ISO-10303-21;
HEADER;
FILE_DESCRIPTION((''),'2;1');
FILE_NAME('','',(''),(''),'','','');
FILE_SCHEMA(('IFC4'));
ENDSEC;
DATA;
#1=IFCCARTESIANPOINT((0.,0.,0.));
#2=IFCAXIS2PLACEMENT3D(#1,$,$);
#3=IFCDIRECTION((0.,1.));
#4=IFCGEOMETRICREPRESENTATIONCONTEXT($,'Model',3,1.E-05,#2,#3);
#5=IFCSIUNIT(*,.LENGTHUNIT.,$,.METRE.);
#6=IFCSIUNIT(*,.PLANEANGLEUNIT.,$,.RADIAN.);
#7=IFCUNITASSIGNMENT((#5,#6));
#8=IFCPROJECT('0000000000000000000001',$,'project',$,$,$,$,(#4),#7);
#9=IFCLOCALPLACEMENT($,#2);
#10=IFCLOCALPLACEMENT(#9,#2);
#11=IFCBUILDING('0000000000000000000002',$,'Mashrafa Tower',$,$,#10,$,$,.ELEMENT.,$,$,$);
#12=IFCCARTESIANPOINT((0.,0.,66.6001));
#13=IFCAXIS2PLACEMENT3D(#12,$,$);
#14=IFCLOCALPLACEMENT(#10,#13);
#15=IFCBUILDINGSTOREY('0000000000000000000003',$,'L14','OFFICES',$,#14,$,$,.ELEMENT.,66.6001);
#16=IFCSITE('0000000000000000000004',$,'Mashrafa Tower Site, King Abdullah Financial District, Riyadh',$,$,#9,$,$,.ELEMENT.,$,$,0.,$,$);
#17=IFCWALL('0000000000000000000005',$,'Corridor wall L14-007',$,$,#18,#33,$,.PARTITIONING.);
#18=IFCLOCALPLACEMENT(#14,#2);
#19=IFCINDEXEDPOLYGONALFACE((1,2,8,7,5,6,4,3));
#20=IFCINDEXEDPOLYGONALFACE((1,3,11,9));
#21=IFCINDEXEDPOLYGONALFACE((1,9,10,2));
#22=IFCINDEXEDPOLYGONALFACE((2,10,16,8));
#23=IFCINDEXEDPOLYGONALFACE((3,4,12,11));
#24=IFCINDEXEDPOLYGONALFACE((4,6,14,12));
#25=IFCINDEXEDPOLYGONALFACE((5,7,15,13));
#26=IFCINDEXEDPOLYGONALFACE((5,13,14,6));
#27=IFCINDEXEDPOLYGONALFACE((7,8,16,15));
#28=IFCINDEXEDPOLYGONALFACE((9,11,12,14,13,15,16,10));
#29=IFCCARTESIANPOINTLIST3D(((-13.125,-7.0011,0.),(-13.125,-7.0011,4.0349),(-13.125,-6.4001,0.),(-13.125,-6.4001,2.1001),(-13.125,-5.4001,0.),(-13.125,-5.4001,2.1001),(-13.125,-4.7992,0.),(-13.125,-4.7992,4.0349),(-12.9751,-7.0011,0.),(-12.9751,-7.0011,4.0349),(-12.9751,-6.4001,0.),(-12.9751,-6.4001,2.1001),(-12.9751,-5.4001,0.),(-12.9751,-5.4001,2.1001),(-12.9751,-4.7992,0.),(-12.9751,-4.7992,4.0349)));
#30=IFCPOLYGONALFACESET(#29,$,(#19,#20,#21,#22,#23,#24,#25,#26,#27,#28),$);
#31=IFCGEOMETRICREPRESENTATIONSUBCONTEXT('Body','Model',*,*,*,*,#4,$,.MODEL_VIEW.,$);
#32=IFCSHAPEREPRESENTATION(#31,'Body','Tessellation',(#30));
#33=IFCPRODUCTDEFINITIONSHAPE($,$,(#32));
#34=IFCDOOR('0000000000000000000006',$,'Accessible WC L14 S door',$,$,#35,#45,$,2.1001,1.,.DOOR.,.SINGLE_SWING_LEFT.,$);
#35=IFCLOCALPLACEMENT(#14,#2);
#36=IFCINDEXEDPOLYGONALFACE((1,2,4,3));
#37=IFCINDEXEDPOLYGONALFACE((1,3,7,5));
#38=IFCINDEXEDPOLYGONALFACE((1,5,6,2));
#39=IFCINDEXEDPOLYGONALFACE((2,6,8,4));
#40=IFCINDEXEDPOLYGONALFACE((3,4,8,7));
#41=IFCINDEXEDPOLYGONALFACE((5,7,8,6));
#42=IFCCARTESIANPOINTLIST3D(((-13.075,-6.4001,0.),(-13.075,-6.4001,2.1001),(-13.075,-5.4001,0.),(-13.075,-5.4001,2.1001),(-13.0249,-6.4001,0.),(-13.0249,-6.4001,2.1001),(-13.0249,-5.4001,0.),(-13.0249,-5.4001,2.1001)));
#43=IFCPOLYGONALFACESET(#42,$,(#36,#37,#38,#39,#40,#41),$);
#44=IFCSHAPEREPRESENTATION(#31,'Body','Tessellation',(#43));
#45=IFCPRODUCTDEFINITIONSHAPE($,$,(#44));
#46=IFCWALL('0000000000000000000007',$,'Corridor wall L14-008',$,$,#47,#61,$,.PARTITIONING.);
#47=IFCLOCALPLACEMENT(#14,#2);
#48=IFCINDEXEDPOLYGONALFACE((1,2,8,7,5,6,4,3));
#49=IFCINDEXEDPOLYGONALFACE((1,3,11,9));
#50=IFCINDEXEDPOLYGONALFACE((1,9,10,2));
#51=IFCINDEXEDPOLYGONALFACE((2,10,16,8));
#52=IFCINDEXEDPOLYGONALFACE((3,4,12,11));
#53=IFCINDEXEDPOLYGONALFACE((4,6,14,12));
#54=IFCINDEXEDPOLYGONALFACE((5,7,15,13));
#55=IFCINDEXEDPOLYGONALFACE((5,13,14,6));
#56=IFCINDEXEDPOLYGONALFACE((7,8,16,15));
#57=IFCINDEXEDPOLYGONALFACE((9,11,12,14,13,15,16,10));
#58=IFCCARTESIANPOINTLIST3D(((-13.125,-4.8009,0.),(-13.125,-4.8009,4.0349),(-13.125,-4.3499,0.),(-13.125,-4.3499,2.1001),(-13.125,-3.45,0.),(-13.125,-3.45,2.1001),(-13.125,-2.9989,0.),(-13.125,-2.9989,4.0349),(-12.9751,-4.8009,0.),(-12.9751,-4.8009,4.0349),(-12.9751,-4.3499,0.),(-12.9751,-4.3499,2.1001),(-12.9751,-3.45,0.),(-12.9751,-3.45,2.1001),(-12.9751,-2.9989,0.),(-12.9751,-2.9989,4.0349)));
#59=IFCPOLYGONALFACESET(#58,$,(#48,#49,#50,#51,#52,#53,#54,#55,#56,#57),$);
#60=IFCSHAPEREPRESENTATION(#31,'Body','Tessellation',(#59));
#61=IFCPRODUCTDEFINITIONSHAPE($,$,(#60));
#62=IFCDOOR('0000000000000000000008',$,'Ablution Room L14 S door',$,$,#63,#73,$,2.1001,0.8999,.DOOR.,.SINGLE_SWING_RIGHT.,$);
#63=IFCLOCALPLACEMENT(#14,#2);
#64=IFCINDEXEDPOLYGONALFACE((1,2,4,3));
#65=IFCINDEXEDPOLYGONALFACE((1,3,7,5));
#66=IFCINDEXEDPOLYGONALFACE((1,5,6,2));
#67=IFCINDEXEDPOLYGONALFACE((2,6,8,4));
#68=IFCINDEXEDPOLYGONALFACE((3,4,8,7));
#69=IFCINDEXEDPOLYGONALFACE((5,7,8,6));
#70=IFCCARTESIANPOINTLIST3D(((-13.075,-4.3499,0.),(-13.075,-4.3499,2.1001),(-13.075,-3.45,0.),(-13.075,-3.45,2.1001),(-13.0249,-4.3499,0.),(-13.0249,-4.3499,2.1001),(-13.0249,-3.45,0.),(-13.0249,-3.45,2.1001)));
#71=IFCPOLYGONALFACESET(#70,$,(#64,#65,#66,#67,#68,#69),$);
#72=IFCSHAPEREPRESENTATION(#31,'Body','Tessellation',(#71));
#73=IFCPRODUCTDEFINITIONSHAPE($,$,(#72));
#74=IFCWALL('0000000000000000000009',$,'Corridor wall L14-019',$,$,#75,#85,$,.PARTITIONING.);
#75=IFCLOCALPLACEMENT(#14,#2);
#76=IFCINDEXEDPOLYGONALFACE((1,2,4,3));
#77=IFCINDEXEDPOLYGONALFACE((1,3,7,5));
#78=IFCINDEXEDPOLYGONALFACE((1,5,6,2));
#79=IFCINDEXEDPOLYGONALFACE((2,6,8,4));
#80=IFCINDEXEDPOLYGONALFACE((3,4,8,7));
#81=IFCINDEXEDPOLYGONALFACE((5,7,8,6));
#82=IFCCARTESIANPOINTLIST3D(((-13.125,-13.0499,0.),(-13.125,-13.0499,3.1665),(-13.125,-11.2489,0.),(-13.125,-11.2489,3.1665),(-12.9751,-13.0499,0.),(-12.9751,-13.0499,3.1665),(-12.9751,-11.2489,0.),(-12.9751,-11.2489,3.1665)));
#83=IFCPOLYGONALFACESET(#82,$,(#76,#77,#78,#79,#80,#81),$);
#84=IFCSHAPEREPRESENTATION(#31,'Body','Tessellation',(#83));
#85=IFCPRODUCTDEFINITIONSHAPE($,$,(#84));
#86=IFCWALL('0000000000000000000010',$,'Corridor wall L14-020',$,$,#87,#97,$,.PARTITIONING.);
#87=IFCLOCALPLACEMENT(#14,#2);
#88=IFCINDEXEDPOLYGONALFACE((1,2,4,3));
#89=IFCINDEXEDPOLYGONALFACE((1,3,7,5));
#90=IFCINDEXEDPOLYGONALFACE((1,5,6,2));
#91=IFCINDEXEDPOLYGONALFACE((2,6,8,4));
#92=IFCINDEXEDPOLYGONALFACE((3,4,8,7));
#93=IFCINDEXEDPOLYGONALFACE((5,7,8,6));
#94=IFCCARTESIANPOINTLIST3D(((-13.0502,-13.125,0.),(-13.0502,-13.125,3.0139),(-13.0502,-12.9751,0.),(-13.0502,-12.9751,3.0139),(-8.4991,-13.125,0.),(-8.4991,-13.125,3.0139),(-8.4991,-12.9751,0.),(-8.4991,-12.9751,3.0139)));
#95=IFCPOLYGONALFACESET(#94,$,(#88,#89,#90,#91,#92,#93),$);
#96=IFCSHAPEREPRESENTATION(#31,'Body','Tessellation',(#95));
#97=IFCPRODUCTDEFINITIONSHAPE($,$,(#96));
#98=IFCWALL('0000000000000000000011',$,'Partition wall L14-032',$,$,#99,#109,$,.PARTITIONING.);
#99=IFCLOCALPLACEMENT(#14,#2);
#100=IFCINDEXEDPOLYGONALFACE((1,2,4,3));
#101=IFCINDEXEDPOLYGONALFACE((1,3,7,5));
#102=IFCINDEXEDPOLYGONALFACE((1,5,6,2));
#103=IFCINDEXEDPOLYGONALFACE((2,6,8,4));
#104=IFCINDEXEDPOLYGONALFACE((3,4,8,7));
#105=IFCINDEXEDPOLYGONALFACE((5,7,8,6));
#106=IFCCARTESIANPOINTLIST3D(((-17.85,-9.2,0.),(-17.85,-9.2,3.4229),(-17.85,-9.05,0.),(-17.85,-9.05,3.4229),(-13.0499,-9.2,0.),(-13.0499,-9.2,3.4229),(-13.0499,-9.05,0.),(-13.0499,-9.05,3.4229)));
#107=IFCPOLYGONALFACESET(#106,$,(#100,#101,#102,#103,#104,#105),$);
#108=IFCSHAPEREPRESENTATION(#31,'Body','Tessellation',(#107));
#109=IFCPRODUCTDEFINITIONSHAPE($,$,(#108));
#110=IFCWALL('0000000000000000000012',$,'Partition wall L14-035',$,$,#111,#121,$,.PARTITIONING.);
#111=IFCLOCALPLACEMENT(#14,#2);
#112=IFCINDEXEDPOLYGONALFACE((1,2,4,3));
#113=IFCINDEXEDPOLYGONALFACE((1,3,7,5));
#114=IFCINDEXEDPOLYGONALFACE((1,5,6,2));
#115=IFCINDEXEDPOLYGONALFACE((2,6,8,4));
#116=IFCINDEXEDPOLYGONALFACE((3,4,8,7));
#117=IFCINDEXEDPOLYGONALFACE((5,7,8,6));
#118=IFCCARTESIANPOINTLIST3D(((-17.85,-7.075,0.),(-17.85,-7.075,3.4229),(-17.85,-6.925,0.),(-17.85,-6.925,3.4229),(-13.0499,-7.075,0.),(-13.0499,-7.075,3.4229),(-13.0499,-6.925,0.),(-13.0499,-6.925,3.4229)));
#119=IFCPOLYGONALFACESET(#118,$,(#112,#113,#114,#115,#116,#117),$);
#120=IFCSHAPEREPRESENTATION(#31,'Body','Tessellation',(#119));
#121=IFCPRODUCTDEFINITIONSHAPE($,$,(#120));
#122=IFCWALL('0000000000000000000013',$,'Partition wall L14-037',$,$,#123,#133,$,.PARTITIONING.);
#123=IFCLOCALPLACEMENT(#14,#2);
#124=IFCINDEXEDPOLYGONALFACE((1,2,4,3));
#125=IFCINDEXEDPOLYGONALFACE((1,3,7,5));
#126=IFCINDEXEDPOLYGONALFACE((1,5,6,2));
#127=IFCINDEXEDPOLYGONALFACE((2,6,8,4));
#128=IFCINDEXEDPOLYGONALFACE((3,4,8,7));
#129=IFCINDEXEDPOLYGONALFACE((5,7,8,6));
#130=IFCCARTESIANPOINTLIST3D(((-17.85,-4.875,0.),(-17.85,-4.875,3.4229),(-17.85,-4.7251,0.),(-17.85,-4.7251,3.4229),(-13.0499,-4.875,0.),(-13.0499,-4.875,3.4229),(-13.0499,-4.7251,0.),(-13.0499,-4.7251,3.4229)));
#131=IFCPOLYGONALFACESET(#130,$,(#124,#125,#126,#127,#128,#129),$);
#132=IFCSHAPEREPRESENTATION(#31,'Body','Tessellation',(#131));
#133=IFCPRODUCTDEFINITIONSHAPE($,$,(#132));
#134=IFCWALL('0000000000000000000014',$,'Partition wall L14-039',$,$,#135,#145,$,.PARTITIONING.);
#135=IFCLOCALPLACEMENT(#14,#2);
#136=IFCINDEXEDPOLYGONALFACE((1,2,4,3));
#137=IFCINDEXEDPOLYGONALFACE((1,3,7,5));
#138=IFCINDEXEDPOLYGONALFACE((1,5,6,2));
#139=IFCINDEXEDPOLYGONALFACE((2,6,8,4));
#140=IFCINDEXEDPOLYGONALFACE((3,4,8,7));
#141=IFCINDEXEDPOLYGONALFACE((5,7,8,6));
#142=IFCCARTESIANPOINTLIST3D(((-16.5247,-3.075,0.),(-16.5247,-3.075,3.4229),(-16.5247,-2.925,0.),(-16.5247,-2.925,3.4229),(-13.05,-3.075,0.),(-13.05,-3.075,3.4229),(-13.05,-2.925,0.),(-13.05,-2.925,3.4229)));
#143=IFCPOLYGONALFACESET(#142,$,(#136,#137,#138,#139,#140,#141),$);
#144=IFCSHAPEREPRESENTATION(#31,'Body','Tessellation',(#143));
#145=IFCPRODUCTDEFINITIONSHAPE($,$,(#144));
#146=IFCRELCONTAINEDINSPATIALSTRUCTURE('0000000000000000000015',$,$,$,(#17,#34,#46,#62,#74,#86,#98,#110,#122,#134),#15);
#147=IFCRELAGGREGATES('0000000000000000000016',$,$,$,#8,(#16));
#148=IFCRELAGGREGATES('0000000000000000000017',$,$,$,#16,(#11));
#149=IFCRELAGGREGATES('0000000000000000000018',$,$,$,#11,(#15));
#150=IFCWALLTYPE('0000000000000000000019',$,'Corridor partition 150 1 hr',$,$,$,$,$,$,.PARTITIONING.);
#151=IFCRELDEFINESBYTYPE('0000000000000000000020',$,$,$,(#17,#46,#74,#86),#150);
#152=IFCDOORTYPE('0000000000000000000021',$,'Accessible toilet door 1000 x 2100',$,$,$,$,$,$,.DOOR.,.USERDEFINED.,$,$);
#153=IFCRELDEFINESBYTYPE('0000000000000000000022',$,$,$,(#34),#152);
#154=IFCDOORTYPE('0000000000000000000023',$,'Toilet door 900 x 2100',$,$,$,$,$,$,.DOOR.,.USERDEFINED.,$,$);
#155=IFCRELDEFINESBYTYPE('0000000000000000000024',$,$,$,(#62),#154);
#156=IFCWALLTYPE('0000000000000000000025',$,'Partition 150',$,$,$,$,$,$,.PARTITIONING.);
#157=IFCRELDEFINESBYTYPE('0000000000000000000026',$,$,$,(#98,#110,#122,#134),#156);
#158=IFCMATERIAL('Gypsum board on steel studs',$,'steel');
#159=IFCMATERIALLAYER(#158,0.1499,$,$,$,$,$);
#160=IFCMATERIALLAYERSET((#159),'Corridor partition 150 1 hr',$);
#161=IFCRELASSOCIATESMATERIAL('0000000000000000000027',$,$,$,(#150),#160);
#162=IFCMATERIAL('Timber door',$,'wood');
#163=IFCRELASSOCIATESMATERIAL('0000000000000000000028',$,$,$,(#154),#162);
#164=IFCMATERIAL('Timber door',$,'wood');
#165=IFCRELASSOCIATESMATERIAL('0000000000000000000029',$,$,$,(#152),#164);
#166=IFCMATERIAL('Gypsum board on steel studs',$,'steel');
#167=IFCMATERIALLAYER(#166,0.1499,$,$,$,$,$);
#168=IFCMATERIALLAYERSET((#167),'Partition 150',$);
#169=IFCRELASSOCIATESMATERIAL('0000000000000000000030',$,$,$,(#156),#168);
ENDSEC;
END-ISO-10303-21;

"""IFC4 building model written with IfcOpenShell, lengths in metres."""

from ifc_helpers import new_model, si_unit, direction, frame, frame_2d, origin, place, context, subcontext, project, spatial, rectangle, extrude, material, layer, layer_set, type_object, element, fill, save


model = new_model("IFC4")

# Units and contexts
model_context = context("Model", 3, precision=1e-05, world=origin(), true_north=direction((0.0, 1.0)))
body_context = subcontext(model_context, "Body", "Model", "MODEL_VIEW")
ifc_project = project(units=[si_unit("LENGTHUNIT", "METRE"), si_unit("PLANEANGLEUNIT", "RADIAN")], contexts=[model_context])

# Site, building, storey
site_placement = place(None, origin())
site = spatial("IfcSite", under=ifc_project, at=site_placement, Name="Mashrafa Tower Site, King Abdullah Financial District, Riyadh", CompositionType="ELEMENT", RefElevation=0.0)
building_placement = place(site_placement, origin())
building = spatial("IfcBuilding", under=site, at=building_placement, Name="Mashrafa Tower", CompositionType="ELEMENT")
storey_placement = place(building_placement, frame((0.0, 0.0, 66.6001)))
storey = spatial("IfcBuildingStorey", under=building, at=storey_placement, Name="L14", Description="OFFICES", CompositionType="ELEMENT", Elevation=66.6001)

# Walls, openings, doors
ifc_material_1 = material(Name="Gypsum board on steel studs", Category="steel")
ifc_layer_1 = layer(ifc_material_1, 0.1499)
ifc_layer_set_1 = layer_set([ifc_layer_1], Name="Corridor partition 150 1 hr")
wall_type_1 = type_object("IfcWallType", Name="Corridor partition 150 1 hr", PredefinedType="PARTITIONING", material=ifc_layer_set_1)
ifc_material_2 = material(Name="Timber door", Category="wood")
door_type_1 = type_object("IfcDoorType", Name="Toilet door 900 x 2100", OperationType="USERDEFINED", PredefinedType="DOOR", material=ifc_material_2)
wall_1_placement = place(storey_placement, frame((-13.05, -4.7991, 0.0), z_axis=(0.0, 0.0, 1.0), x_axis=(0.0, -1.0, 0.0)))
wall_1 = element("IfcWall", 1, at=wall_1_placement, inside=storey, type_object=wall_type_1, Name="Corridor wall L14-007", PredefinedType="PARTITIONING", context=body_context, shape_type="SweptSolid", body=[
    extrude(rectangle(XDim=2.2019, YDim=0.1499, at=frame_2d((1.1011, 0.0))), origin(), (0.0, 0.0, 1.0), 4.0349),
])
opening_1_placement = place(wall_1_placement, frame((0.6011, 0.0, 0.0)))
opening_1 = element("IfcOpeningElement", 2, at=opening_1_placement, cuts=wall_1, PredefinedType="OPENING", context=body_context, shape_type="SweptSolid", body=[
    extrude(rectangle(XDim=1.0, YDim=2.1001, at=frame_2d((0.5, 1.05))), frame((0.0, 0.085, 0.0), z_axis=(0.0, -1.0, 0.0), x_axis=(1.0, 0.0, 0.0)), (0.0, 0.0, 1.0), 0.1699),
])
ifc_material_3 = material(Name="Timber door", Category="wood")
door_type_2 = type_object("IfcDoorType", Name="Accessible toilet door 1000 x 2100", OperationType="USERDEFINED", PredefinedType="DOOR", material=ifc_material_3)
door_1_placement = place(opening_1_placement, frame((1.0, 0.0, 0.0), z_axis=(0.0, 0.0, 1.0), x_axis=(-1.0, 0.0, 0.0)))
door_1 = element("IfcDoor", 3, at=door_1_placement, inside=storey, type_object=door_type_2, Name="Accessible WC L14 S door", OperationType="SINGLE_SWING_LEFT", OverallHeight=2.1001, OverallWidth=1.0, PredefinedType="DOOR", context=body_context, shape_type="SweptSolid", body=[
    extrude(rectangle(XDim=1.0, YDim=2.1001, at=frame_2d((0.5, 1.05))), frame((0.0, 0.0249, 0.0), z_axis=(0.0, -1.0, 0.0), x_axis=(1.0, 0.0, 0.0)), (0.0, 0.0, 1.0), 0.05),
])
fill(opening_1, door_1)
wall_2_placement = place(storey_placement, frame((-13.05, -2.999, 0.0), z_axis=(0.0, 0.0, 1.0), x_axis=(0.0, -1.0, 0.0)))
wall_2 = element("IfcWall", 4, at=wall_2_placement, inside=storey, type_object=wall_type_1, Name="Corridor wall L14-008", PredefinedType="PARTITIONING", context=body_context, shape_type="SweptSolid", body=[
    extrude(rectangle(XDim=1.802, YDim=0.1499, at=frame_2d((0.9009, 0.0))), origin(), (0.0, 0.0, 1.0), 4.0349),
])
opening_2_placement = place(wall_2_placement, frame((0.4509, 0.0, 0.0)))
opening_2 = element("IfcOpeningElement", 5, at=opening_2_placement, cuts=wall_2, PredefinedType="OPENING", context=body_context, shape_type="SweptSolid", body=[
    extrude(rectangle(XDim=0.8999, YDim=2.1001, at=frame_2d((0.45, 1.05))), frame((0.0, 0.085, 0.0), z_axis=(0.0, -1.0, 0.0), x_axis=(1.0, 0.0, 0.0)), (0.0, 0.0, 1.0), 0.1699),
])
door_2_placement = place(opening_2_placement, frame((0.8999, 0.0, 0.0), z_axis=(0.0, 0.0, 1.0), x_axis=(-1.0, 0.0, 0.0)))
door_2 = element("IfcDoor", 6, at=door_2_placement, inside=storey, type_object=door_type_1, Name="Ablution Room L14 S door", OperationType="SINGLE_SWING_RIGHT", OverallHeight=2.1001, OverallWidth=0.8999, PredefinedType="DOOR", context=body_context, shape_type="SweptSolid", body=[
    extrude(rectangle(XDim=0.8999, YDim=2.1001, at=frame_2d((0.45, 1.05))), frame((0.0, 0.0249, 0.0), z_axis=(0.0, -1.0, 0.0), x_axis=(1.0, 0.0, 0.0)), (0.0, 0.0, 1.0), 0.05),
])
fill(opening_2, door_2)

# Walls
wall_3_placement = place(storey_placement, frame((-13.05, -11.249, 0.0), z_axis=(0.0, 0.0, 1.0), x_axis=(0.0, -1.0, 0.0)))
element("IfcWall", 7, at=wall_3_placement, inside=storey, type_object=wall_type_1, Name="Corridor wall L14-019", PredefinedType="PARTITIONING", context=body_context, shape_type="SweptSolid", body=[
    extrude(rectangle(XDim=1.801, YDim=0.1499, at=frame_2d((0.9004, 0.0))), origin(), (0.0, 0.0, 1.0), 3.1665),
])
wall_4_placement = place(storey_placement, frame((-13.05, -13.05, 0.0), z_axis=(0.0, 0.0, 1.0), x_axis=(1.0, 0.0, 0.0)))
element("IfcWall", 8, at=wall_4_placement, inside=storey, type_object=wall_type_1, Name="Corridor wall L14-020", PredefinedType="PARTITIONING", context=body_context, shape_type="SweptSolid", body=[
    extrude(rectangle(XDim=4.551, YDim=0.1499, at=frame_2d((2.2754, 0.0))), origin(), (0.0, 0.0, 1.0), 3.0139),
])
ifc_material_4 = material(Name="Gypsum board on steel studs", Category="steel")
ifc_layer_2 = layer(ifc_material_4, 0.1499)
ifc_layer_set_2 = layer_set([ifc_layer_2], Name="Partition 150")
wall_type_2 = type_object("IfcWallType", Name="Partition 150", PredefinedType="PARTITIONING", material=ifc_layer_set_2)
for number, where, z_axis, x_axis, name in (
    (9, (-13.05, -9.125, 0.0), (0.0, 0.0, 1.0), (-1.0, 0.0, 0.0), "Partition wall L14-032"),
    (10, (-13.05, -7.0, 0.0), (0.0, 0.0, 1.0), (-1.0, 0.0, 0.0), "Partition wall L14-035"),
    (11, (-13.05, -4.8, 0.0), (0.0, 0.0, 1.0), (-1.0, 0.0, 0.0), "Partition wall L14-037"),
):
    element("IfcWall", number, at=place(storey_placement, frame(where, z_axis=z_axis, x_axis=x_axis)), inside=storey, type_object=wall_type_2, Name=name, PredefinedType="PARTITIONING", context=body_context, shape_type="SweptSolid", body=[
        extrude(rectangle(XDim=4.8, YDim=0.1499, at=frame_2d((2.3999, 0.0))), origin(), (0.0, 0.0, 1.0), 3.4229),
    ])
wall_5_placement = place(storey_placement, frame((-13.05, -3.0, 0.0), z_axis=(0.0, 0.0, 1.0), x_axis=(-1.0, 0.0, 0.0)))
element("IfcWall", 12, at=wall_5_placement, inside=storey, type_object=wall_type_2, Name="Partition wall L14-039", PredefinedType="PARTITIONING", context=body_context, shape_type="SweptSolid", body=[
    extrude(rectangle(XDim=3.4746, YDim=0.1499, at=frame_2d((1.7373, 0.0))), origin(), (0.0, 0.0, 1.0), 3.4229),
])

save(model, "model.ifc")
